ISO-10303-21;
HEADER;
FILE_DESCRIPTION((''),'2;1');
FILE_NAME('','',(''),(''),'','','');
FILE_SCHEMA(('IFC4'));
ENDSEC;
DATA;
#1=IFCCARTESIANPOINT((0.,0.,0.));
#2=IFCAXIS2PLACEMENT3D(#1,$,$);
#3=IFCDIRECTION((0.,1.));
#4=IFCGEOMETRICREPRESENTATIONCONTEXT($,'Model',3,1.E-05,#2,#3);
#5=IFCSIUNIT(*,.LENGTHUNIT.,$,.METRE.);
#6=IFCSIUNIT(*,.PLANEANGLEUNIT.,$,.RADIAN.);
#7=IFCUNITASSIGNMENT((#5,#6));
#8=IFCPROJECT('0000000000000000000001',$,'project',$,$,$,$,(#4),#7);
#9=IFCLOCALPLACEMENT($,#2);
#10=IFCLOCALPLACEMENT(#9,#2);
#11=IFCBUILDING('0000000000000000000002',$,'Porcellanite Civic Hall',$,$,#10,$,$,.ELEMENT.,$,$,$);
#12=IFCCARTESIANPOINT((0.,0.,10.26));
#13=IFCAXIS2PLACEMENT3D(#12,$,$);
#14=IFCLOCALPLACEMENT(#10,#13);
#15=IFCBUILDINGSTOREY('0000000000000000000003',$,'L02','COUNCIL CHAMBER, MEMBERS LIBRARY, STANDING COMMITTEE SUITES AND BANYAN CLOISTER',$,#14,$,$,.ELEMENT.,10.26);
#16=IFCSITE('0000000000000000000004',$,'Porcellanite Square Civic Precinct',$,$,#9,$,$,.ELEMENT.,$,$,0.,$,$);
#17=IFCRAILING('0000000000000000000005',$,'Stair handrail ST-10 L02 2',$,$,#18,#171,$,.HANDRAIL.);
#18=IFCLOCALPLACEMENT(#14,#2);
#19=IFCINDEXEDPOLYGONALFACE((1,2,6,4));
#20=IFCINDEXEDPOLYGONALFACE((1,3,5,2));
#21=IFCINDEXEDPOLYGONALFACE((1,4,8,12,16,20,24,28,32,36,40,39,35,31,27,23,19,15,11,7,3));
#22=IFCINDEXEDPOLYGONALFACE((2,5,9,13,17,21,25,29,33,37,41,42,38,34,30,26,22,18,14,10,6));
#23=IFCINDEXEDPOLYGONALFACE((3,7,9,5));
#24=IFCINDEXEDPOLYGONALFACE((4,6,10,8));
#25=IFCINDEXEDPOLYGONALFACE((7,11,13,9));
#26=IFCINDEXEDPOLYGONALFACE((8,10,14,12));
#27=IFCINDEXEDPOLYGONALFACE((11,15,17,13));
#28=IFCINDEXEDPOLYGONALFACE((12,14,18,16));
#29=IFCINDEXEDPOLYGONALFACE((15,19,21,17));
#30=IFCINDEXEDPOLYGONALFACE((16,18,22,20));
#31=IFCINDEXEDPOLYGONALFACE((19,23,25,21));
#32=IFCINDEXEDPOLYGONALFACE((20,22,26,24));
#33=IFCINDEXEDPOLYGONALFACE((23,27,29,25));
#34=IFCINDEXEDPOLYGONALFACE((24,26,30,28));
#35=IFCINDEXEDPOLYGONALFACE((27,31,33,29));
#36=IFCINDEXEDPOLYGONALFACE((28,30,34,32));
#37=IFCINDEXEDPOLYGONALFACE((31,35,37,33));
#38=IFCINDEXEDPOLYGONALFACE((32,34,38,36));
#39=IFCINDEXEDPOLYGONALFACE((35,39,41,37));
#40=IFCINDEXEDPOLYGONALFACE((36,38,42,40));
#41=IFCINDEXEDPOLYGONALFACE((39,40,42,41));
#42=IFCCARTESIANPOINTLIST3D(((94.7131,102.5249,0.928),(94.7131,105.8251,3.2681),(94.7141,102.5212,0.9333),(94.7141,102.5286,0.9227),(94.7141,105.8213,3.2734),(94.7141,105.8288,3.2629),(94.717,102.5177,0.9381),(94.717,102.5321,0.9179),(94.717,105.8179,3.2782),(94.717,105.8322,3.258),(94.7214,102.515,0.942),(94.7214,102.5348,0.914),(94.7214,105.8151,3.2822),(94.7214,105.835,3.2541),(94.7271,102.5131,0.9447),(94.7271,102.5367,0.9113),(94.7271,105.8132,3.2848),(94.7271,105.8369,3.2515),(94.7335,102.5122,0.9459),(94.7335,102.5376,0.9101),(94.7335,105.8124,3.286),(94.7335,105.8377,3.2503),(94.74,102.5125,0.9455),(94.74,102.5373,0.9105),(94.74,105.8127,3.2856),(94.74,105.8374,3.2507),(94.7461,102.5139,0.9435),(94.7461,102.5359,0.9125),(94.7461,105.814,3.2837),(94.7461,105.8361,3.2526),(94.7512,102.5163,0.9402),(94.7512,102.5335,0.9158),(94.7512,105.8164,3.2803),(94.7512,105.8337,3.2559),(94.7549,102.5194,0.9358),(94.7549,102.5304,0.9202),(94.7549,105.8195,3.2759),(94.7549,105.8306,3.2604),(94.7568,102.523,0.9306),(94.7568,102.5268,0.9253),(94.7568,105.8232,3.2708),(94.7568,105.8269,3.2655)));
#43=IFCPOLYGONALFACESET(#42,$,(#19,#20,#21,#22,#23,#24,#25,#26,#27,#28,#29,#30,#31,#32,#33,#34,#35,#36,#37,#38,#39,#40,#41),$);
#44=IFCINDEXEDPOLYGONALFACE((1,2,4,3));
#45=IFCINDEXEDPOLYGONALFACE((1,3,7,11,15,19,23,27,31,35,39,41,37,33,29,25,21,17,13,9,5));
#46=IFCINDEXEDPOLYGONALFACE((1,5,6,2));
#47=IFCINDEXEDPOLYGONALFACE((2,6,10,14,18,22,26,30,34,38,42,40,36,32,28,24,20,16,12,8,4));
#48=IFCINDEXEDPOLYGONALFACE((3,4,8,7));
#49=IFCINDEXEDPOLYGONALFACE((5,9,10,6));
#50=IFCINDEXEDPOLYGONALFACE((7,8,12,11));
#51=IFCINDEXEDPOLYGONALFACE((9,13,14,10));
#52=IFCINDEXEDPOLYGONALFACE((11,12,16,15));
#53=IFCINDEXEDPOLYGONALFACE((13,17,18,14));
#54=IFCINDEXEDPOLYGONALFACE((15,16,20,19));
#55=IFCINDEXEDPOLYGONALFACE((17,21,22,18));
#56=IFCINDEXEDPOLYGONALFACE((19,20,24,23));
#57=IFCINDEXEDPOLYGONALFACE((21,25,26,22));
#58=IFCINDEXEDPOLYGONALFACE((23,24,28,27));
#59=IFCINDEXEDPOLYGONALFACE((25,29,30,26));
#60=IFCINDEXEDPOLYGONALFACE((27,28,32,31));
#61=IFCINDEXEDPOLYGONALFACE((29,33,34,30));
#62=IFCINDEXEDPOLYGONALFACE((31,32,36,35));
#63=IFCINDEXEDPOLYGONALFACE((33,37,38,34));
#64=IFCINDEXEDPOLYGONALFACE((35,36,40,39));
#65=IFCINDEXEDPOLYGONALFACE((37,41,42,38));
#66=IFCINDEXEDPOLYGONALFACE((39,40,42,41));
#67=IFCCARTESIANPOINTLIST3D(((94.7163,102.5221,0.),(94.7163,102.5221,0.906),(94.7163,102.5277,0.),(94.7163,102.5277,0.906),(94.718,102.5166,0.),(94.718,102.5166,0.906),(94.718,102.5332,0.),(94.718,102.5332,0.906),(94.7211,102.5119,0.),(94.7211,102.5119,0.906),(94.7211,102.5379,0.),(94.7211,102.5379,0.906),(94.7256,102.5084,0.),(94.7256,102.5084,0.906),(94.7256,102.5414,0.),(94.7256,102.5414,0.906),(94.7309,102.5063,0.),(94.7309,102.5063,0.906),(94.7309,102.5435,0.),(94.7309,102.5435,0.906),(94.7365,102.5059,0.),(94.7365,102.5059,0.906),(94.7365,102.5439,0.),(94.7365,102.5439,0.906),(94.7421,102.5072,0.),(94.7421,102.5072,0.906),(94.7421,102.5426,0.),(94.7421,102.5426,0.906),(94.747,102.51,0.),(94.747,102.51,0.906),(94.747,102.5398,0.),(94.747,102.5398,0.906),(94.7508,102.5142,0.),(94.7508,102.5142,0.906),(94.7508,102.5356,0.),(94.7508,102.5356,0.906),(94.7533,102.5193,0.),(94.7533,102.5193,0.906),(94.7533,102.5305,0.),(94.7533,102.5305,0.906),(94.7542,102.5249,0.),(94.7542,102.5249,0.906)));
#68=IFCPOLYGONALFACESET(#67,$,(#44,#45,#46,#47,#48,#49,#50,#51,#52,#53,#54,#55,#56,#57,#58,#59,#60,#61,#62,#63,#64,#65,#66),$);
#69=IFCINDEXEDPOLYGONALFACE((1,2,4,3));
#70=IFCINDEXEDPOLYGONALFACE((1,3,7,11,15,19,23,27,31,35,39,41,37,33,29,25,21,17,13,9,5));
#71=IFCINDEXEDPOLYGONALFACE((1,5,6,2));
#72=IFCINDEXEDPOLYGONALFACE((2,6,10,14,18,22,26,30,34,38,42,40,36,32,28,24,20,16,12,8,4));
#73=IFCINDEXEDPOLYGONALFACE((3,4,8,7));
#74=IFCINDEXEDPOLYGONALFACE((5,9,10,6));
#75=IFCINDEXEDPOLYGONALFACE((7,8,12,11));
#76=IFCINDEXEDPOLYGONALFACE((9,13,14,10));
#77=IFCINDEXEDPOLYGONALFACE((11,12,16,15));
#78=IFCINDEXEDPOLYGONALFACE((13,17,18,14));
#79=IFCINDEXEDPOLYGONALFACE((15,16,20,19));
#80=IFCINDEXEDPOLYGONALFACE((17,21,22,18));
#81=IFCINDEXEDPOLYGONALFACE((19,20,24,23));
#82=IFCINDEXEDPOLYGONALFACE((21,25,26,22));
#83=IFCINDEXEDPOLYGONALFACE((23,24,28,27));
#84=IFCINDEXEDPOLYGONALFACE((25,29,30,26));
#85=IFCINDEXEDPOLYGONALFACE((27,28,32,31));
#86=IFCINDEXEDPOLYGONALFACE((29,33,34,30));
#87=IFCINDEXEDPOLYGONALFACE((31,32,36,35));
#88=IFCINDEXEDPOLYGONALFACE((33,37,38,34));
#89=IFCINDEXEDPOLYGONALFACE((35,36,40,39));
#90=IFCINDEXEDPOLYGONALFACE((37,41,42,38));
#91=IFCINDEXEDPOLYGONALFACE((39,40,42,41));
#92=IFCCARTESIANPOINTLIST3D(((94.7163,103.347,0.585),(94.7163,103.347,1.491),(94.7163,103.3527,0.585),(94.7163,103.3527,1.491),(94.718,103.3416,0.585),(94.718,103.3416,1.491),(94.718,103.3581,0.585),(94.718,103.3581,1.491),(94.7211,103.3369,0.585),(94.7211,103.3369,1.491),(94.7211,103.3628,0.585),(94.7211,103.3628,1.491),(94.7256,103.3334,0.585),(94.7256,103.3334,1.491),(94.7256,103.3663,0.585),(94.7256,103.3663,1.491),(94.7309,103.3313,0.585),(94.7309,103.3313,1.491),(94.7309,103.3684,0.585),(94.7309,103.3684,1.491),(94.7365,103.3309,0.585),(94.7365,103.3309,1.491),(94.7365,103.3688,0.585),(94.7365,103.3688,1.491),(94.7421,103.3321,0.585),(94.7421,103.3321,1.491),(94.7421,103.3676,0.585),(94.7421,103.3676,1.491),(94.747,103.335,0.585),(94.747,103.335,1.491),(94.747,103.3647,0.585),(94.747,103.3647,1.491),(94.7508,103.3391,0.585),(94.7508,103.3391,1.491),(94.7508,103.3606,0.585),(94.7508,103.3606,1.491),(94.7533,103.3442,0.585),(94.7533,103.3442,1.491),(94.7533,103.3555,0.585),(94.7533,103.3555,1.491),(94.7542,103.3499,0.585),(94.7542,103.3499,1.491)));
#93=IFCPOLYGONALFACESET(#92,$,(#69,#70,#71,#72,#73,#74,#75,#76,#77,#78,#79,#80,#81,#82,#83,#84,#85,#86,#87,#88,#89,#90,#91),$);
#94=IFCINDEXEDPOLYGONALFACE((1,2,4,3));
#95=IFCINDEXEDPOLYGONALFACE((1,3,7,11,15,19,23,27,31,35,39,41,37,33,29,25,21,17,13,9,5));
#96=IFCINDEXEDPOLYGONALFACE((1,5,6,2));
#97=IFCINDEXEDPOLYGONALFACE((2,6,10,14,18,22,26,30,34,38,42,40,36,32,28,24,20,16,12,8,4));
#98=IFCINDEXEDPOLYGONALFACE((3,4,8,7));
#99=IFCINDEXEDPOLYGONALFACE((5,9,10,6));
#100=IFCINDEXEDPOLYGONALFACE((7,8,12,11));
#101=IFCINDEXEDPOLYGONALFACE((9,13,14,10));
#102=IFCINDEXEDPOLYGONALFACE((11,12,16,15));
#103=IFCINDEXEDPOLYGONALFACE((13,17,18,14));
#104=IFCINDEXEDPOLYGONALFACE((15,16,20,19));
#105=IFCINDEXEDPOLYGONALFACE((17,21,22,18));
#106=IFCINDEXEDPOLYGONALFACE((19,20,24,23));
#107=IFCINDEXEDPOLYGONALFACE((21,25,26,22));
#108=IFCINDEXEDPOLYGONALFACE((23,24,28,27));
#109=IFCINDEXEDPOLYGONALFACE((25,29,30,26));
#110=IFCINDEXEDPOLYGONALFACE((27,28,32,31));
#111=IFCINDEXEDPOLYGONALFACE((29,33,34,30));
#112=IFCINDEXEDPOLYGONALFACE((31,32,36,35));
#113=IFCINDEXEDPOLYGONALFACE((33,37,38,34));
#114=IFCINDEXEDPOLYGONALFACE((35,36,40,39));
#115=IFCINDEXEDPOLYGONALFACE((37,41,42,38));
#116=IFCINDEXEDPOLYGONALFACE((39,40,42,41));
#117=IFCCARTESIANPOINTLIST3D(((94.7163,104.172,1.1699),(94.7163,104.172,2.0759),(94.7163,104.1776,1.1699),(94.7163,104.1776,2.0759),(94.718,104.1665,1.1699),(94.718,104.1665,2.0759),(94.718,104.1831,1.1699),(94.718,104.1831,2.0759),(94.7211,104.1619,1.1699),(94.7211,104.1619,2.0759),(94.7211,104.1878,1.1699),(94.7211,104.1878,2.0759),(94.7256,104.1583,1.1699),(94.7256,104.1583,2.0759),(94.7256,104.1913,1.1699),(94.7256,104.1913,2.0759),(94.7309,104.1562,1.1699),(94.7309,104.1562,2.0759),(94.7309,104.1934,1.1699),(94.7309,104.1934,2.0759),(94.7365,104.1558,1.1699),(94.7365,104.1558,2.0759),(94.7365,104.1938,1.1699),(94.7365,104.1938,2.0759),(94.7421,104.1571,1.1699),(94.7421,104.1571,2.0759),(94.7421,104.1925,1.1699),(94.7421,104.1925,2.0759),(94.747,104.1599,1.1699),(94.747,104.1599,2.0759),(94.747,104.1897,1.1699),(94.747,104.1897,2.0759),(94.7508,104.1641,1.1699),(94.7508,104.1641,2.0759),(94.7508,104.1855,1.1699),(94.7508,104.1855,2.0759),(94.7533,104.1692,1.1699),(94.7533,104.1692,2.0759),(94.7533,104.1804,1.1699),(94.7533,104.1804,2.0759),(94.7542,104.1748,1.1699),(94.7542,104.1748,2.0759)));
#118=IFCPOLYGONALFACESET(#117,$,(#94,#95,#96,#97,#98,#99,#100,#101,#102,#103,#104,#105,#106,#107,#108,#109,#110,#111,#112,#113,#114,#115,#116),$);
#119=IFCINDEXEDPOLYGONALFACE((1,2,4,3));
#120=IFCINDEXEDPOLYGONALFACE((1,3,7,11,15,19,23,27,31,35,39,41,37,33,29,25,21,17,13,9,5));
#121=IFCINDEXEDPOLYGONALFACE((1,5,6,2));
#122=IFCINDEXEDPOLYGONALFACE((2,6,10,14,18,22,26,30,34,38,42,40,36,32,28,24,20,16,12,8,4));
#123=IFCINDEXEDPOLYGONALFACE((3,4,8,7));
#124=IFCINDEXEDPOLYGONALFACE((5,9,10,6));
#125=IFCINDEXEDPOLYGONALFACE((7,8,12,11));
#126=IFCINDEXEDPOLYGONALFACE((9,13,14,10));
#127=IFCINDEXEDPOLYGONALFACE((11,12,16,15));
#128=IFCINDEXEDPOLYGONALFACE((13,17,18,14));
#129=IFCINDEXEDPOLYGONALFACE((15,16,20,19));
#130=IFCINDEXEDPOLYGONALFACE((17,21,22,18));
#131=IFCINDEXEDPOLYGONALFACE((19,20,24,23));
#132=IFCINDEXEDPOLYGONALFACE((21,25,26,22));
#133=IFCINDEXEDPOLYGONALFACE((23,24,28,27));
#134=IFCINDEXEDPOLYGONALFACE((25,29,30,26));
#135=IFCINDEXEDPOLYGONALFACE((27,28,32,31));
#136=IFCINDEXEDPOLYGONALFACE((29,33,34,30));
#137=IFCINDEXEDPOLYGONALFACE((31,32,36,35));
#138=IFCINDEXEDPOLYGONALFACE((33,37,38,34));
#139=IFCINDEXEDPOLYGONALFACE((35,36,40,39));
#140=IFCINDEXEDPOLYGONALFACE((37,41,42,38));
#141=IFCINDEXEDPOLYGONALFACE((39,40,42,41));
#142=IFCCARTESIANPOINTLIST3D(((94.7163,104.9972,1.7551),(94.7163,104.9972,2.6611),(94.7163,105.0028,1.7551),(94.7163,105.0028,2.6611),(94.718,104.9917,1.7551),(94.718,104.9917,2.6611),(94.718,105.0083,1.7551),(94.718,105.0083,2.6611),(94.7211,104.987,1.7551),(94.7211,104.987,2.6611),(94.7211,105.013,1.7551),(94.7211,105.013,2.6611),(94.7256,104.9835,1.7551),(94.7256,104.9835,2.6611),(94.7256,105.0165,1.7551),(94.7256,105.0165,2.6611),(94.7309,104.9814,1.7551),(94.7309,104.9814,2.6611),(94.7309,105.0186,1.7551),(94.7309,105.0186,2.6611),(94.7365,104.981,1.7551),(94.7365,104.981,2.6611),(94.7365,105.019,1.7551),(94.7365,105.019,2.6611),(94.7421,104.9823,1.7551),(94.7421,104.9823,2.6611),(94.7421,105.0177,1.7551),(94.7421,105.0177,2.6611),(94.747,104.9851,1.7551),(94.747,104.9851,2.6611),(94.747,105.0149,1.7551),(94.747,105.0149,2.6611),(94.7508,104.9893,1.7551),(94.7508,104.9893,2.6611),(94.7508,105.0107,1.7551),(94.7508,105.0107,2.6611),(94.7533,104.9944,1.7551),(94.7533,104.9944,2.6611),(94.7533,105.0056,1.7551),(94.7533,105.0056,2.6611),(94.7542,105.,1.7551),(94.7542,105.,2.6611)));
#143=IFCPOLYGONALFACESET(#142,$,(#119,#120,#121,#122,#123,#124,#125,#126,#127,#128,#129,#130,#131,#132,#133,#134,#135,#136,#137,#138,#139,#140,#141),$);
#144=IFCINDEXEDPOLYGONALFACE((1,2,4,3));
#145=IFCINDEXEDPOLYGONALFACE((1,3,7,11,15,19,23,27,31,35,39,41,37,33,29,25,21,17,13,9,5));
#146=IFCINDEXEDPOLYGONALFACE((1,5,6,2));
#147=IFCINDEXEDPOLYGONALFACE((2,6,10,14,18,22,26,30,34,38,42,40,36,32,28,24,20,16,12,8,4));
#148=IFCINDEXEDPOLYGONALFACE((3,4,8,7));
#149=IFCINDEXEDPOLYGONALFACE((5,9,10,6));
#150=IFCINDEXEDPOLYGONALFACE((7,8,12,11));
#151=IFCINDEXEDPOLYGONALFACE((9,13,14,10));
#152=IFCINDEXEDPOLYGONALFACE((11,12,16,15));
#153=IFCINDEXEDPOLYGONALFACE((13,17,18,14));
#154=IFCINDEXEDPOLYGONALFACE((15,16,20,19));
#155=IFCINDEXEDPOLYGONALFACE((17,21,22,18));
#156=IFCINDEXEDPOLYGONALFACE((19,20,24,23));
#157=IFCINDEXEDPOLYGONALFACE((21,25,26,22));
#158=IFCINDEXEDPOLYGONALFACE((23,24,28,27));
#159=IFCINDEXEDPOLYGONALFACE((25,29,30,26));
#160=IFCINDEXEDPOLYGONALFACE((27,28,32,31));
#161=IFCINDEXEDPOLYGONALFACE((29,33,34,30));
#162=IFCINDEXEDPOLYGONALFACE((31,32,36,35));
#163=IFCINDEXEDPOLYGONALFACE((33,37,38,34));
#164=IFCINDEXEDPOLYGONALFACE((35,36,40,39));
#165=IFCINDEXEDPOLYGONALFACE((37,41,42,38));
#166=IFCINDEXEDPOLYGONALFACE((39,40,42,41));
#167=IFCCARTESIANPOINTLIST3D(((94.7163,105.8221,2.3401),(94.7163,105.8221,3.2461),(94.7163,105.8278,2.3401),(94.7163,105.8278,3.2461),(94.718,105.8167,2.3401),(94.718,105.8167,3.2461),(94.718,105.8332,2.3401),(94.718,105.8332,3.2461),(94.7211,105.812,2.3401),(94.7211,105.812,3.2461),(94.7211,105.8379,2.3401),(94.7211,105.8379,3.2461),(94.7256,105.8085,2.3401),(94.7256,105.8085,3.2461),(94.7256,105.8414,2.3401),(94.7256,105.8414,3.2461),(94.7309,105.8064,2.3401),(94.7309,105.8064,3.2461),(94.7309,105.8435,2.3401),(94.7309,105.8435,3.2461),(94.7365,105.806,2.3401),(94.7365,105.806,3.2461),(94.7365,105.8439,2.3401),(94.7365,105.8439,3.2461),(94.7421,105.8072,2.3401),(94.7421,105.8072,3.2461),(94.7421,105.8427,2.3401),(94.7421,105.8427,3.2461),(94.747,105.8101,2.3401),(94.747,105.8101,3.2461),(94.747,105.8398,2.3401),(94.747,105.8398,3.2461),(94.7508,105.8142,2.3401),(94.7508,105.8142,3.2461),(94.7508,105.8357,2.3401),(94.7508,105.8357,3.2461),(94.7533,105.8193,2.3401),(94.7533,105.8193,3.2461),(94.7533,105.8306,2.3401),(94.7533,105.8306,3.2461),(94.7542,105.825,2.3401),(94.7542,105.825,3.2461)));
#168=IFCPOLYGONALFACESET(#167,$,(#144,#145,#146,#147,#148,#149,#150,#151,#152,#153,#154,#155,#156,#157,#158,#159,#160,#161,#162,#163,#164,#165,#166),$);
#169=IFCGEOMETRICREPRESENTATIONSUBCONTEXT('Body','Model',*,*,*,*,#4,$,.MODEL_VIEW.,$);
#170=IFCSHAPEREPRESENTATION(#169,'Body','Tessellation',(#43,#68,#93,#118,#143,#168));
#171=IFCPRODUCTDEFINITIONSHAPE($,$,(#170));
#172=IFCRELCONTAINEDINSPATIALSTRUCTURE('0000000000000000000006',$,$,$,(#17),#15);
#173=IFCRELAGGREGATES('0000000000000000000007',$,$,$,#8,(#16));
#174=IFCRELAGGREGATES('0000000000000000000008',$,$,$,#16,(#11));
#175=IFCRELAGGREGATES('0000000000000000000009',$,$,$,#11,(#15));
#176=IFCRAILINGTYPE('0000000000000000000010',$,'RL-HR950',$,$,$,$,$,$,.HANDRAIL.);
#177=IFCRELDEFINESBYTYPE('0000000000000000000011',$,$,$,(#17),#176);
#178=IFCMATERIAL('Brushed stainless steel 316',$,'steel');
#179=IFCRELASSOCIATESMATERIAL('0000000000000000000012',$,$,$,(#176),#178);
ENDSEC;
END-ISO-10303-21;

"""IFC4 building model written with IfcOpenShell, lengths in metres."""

from ifc_helpers import new_model, si_unit, direction, frame, origin, origin_2d, place, context, subcontext, project, spatial, circle, extrude, material, type_object, element, save


model = new_model("IFC4")

# Units and contexts
model_context = context("Model", 3, precision=1e-05, world=origin(), true_north=direction((0.0, 1.0)))
body_context = subcontext(model_context, "Body", "Model", "MODEL_VIEW")
ifc_project = project(units=[si_unit("LENGTHUNIT", "METRE"), si_unit("PLANEANGLEUNIT", "RADIAN")], contexts=[model_context])

# Site, building, storey
site_placement = place(None, origin())
site = spatial("IfcSite", under=ifc_project, at=site_placement, Name="Porcellanite Square Civic Precinct", CompositionType="ELEMENT", RefElevation=0.0)
building_placement = place(site_placement, origin())
building = spatial("IfcBuilding", under=site, at=building_placement, Name="Porcellanite Civic Hall", CompositionType="ELEMENT")
storey_placement = place(building_placement, frame((0.0, 0.0, 10.26)))
storey = spatial("IfcBuildingStorey", under=building, at=storey_placement, Name="L02", Description="COUNCIL CHAMBER, MEMBERS LIBRARY, STANDING COMMITTEE SUITES AND BANYAN CLOISTER", CompositionType="ELEMENT", Elevation=10.26)

# Railing
ifc_material_1 = material(Name="Brushed stainless steel 316", Category="steel")
railing_type_1 = type_object("IfcRailingType", Name="RL-HR950", PredefinedType="HANDRAIL", material=ifc_material_1)
railing_1_placement = place(storey_placement, frame((94.7351, 102.5249, 0.0)))
element("IfcRailing", 1, at=railing_1_placement, inside=storey, type_object=railing_type_1, Name="Stair handrail ST-10 L02 2", PredefinedType="HANDRAIL", context=body_context, shape_type="SweptSolid", body=[
    extrude(circle(Radius=0.022, at=origin_2d()), frame((0.0, 0.0, 0.928), z_axis=(0.0, 0.815727, 0.578438), x_axis=(-1.0, 0.0, 0.0)), (0.0, 0.0, 1.0), 4.0457),
    extrude(circle(Radius=0.019, at=origin_2d()), origin(), (0.0, 0.0, 1.0), 0.906),
    extrude(circle(Radius=0.019, at=origin_2d()), frame((0.0, 0.825, 0.585)), (0.0, 0.0, 1.0), 0.906),
    extrude(circle(Radius=0.019, at=origin_2d()), frame((0.0, 1.6499, 1.1699)), (0.0, 0.0, 1.0), 0.906),
    extrude(circle(Radius=0.019, at=origin_2d()), frame((0.0, 2.4751, 1.7551)), (0.0, 0.0, 1.0), 0.906),
    extrude(circle(Radius=0.019, at=origin_2d()), frame((0.0, 3.3, 2.3401)), (0.0, 0.0, 1.0), 0.906),
])

save(model, "model.ifc")
